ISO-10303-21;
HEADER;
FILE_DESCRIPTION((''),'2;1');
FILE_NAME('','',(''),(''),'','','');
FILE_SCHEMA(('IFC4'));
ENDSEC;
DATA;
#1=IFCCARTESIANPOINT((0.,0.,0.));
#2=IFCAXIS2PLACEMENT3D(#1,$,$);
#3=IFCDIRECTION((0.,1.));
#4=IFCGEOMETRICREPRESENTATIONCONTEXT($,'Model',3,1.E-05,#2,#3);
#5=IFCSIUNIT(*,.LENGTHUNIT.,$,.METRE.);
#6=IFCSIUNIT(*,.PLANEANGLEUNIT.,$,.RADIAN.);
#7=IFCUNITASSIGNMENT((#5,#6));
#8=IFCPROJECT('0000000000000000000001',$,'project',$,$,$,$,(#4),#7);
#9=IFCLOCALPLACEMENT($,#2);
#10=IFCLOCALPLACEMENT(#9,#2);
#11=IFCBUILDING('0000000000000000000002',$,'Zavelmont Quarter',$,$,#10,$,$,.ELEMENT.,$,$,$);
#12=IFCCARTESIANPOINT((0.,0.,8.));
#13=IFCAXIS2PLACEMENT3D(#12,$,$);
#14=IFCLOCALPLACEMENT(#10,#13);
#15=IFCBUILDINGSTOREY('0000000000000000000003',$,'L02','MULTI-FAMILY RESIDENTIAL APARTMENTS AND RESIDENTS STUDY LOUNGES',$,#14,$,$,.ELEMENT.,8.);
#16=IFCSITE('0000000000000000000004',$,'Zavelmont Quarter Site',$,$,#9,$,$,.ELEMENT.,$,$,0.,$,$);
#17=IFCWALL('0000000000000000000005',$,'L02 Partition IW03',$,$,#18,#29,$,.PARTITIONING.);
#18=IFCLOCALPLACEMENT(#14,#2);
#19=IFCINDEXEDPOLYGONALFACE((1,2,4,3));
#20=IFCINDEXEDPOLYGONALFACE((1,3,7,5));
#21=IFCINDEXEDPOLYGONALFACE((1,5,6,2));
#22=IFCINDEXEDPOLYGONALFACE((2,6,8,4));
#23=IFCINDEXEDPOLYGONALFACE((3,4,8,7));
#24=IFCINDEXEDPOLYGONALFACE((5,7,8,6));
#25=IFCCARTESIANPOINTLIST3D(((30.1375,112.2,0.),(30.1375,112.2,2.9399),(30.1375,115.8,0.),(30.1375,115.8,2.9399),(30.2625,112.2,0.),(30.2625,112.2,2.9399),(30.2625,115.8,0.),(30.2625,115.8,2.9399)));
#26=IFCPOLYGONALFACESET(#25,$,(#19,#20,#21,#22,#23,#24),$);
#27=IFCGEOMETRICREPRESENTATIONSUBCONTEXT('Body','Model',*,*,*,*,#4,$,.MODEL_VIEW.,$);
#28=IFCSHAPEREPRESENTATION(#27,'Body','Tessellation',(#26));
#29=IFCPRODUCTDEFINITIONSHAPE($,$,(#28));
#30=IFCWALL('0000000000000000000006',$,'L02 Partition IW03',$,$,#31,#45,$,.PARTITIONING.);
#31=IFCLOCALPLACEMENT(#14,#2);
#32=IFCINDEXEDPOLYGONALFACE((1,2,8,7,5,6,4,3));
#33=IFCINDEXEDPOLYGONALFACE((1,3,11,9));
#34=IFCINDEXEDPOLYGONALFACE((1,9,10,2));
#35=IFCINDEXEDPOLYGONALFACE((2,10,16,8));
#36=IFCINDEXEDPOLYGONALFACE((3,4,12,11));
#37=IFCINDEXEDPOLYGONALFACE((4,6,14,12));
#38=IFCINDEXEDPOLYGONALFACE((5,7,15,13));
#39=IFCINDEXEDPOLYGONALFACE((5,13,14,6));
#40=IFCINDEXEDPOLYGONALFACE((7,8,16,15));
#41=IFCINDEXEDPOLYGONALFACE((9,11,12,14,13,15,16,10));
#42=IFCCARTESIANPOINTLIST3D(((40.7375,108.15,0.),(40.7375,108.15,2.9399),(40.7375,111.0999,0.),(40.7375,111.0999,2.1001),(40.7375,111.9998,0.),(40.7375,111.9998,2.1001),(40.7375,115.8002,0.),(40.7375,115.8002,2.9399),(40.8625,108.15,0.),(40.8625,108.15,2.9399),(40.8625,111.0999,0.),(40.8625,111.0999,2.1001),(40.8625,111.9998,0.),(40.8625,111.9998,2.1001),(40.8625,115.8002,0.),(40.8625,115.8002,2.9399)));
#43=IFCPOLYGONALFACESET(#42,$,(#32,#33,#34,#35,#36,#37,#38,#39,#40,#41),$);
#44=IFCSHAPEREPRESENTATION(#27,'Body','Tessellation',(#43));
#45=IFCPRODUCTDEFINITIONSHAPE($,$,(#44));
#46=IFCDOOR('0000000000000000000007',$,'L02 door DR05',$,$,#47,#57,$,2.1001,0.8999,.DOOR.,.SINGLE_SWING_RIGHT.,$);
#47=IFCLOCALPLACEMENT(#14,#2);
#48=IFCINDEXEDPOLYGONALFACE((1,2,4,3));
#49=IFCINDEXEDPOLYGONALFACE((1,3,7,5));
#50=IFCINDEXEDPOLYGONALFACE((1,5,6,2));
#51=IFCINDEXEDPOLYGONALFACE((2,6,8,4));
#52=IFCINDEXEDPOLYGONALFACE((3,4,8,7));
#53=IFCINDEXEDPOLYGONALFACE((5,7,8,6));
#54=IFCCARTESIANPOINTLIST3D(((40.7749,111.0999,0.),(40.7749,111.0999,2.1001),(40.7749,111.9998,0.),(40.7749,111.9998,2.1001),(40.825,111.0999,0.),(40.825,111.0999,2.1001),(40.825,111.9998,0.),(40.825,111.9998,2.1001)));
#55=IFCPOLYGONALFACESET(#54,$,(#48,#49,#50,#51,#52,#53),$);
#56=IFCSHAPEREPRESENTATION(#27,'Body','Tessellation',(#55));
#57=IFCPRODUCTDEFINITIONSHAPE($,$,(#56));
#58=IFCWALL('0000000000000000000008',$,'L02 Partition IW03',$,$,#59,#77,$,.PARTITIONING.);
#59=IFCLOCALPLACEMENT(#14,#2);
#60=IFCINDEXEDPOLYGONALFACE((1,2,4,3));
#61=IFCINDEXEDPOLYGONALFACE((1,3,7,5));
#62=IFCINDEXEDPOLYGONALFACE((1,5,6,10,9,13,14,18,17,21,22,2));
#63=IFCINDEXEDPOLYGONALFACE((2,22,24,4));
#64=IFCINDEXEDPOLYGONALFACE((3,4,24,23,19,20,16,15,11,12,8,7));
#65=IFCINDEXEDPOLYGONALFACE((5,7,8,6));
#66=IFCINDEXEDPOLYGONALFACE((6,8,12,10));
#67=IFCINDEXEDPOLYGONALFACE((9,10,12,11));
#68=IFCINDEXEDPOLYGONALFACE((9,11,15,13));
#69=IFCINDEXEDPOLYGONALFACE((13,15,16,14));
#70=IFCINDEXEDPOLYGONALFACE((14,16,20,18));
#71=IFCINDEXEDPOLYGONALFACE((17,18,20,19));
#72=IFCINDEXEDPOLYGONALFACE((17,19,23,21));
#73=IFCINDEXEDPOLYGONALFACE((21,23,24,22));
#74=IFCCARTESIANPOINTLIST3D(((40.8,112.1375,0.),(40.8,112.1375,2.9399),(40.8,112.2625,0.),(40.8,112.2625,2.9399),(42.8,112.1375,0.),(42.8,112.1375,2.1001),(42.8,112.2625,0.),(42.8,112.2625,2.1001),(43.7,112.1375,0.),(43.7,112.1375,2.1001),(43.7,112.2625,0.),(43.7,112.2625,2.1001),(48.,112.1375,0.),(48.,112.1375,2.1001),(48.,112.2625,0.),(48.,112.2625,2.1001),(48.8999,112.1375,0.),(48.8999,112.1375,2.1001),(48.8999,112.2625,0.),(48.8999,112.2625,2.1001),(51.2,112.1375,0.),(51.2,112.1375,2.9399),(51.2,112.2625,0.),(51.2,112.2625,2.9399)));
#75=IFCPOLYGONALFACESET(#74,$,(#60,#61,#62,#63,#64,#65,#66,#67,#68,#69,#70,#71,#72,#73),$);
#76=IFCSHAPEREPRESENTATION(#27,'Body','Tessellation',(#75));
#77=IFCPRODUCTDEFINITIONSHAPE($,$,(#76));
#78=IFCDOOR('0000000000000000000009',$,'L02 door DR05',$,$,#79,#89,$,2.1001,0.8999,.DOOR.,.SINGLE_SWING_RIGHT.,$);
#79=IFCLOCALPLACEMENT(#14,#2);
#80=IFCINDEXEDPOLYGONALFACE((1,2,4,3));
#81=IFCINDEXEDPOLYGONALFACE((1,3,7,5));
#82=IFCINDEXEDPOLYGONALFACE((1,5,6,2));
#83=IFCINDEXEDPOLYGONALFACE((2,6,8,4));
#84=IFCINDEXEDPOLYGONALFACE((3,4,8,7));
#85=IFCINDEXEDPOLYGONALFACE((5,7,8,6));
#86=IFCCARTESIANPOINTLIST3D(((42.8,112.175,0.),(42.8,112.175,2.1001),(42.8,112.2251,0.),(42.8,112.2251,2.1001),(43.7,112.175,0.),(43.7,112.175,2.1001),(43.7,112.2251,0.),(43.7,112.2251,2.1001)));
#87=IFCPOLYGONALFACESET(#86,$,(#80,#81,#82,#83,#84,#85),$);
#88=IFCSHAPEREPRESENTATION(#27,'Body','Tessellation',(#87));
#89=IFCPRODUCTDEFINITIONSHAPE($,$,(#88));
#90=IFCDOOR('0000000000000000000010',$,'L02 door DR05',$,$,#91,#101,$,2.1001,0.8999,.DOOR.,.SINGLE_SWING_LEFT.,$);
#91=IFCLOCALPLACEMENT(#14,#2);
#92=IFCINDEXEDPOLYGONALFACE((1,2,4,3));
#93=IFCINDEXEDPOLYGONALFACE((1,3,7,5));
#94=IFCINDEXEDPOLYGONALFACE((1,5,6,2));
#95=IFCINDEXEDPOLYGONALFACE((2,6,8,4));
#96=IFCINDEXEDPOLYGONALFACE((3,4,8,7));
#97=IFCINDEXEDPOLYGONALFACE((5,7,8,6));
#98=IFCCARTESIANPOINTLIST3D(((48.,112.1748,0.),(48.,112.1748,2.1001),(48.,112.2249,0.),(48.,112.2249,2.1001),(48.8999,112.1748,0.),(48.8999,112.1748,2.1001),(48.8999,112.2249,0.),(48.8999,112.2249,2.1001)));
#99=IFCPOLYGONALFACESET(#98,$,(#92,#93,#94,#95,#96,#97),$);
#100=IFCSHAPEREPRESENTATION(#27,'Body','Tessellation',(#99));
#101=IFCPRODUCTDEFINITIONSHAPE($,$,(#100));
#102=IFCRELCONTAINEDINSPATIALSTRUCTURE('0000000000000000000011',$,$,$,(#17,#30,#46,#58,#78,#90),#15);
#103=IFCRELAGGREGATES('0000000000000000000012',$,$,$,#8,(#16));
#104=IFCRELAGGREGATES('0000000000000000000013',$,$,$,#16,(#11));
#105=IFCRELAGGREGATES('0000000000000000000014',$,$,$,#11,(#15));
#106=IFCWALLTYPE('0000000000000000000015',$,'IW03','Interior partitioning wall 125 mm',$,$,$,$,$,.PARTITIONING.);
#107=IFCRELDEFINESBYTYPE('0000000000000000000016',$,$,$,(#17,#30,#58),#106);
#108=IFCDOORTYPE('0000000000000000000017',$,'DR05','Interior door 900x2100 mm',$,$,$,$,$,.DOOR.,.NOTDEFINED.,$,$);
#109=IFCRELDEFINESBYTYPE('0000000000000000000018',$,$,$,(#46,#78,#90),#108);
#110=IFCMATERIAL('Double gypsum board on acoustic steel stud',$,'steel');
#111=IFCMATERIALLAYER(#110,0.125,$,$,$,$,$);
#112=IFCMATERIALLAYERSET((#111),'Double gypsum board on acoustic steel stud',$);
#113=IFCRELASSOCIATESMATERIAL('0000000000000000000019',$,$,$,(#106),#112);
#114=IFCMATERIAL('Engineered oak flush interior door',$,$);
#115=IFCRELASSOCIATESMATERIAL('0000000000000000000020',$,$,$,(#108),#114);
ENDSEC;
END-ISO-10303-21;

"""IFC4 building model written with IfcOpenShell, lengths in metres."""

from ifc_helpers import new_model, si_unit, direction, frame, frame_2d, origin, origin_with_axes, place, context, subcontext, project, spatial, rectangle, extrude, material, layer, layer_set, type_object, element, fill, save


model = new_model("IFC4")

# Units and contexts
model_context = context("Model", 3, precision=1e-05, world=origin(), true_north=direction((0.0, 1.0)))
body_context = subcontext(model_context, "Body", "Model", "MODEL_VIEW")
ifc_project = project(units=[si_unit("LENGTHUNIT", "METRE"), si_unit("PLANEANGLEUNIT", "RADIAN")], contexts=[model_context])

# Site, building, storey
site_placement = place(None, origin())
site = spatial("IfcSite", under=ifc_project, at=site_placement, Name="Zavelmont Quarter Site", CompositionType="ELEMENT", RefElevation=0.0)
building_placement = place(site_placement, origin())
building = spatial("IfcBuilding", under=site, at=building_placement, Name="Zavelmont Quarter", CompositionType="ELEMENT")
storey_placement = place(building_placement, frame((0.0, 0.0, 8.0)))
storey = spatial("IfcBuildingStorey", under=building, at=storey_placement, Name="L02", Description="MULTI-FAMILY RESIDENTIAL APARTMENTS AND RESIDENTS STUDY LOUNGES", CompositionType="ELEMENT", Elevation=8.0)

# Shared definitions
ifc_material_1 = material(Name="Double gypsum board on acoustic steel stud", Category="steel")
ifc_layer_1 = layer(ifc_material_1, 0.125)
ifc_layer_set_1 = layer_set([ifc_layer_1], Name="Double gypsum board on acoustic steel stud")
wall_type_1 = type_object("IfcWallType", Name="IW03", Description="Interior partitioning wall 125 mm", PredefinedType="PARTITIONING", material=ifc_layer_set_1)
ifc_material_2 = material(Name="Engineered oak flush interior door")
door_type_1 = type_object("IfcDoorType", Name="DR05", Description="Interior door 900x2100 mm", OperationType="NOTDEFINED", PredefinedType="DOOR", material=ifc_material_2)

# Wall
wall_1_placement = place(storey_placement, frame((30.2, 112.2, 0.0), z_axis=(0.0, 0.0, 1.0), x_axis=(0.0, 1.0, 0.0)))
element("IfcWall", 1, at=wall_1_placement, inside=storey, type_object=wall_type_1, Name="L02 Partition IW03", PredefinedType="PARTITIONING", context=body_context, shape_type="SweptSolid", body=[
    extrude(rectangle(XDim=3.6001, YDim=0.125, at=frame_2d((1.8, 0.0))), origin(), (0.0, 0.0, 1.0), 2.9399),
])

# Wall, opening, door
wall_2_placement = place(storey_placement, frame((40.8, 108.1499, 0.0), z_axis=(0.0, 0.0, 1.0), x_axis=(0.0, 1.0, 0.0)))
wall_2 = element("IfcWall", 2, at=wall_2_placement, inside=storey, type_object=wall_type_1, Name="L02 Partition IW03", PredefinedType="PARTITIONING", context=body_context, shape_type="SweptSolid", body=[
    extrude(rectangle(XDim=7.6501, YDim=0.125, at=frame_2d((3.8252, 0.0))), origin(), (0.0, 0.0, 1.0), 2.9399),
])
opening_1_placement = place(wall_2_placement, frame((2.95, 0.0, 0.0)))
opening_1 = element("IfcOpeningElement", 3, at=opening_1_placement, cuts=wall_2, PredefinedType="OPENING", context=body_context, shape_type="SweptSolid", body=[
    extrude(rectangle(XDim=0.8999, YDim=2.1001, at=frame_2d((0.45, 1.05))), frame((0.0, 0.0745, 0.0), z_axis=(0.0, -1.0, 0.0), x_axis=(1.0, 0.0, 0.0)), (0.0, 0.0, 1.0), 0.1489),
])
door_1_placement = place(opening_1_placement, frame((0.8999, 0.0, 0.0), z_axis=(0.0, 0.0, 1.0), x_axis=(-1.0, 0.0, 0.0)))
door_1 = element("IfcDoor", 4, at=door_1_placement, inside=storey, type_object=door_type_1, Name="L02 door DR05", OperationType="SINGLE_SWING_RIGHT", OverallHeight=2.1001, OverallWidth=0.8999, PredefinedType="DOOR", context=body_context, shape_type="SweptSolid", body=[
    extrude(rectangle(XDim=0.8999, YDim=2.1001, at=frame_2d((0.45, 1.05))), frame((0.0, 0.0249, 0.0), z_axis=(0.0, -1.0, 0.0), x_axis=(1.0, 0.0, 0.0)), (0.0, 0.0, 1.0), 0.05),
])
fill(opening_1, door_1)

# Wall, openings, doors
wall_3_placement = place(storey_placement, frame((40.8, 112.2, 0.0), z_axis=(0.0, 0.0, 1.0), x_axis=(1.0, 0.0, 0.0)))
wall_3 = element("IfcWall", 5, at=wall_3_placement, inside=storey, type_object=wall_type_1, Name="L02 Partition IW03", PredefinedType="PARTITIONING", context=body_context, shape_type="SweptSolid", body=[
    extrude(rectangle(XDim=10.3999, YDim=0.125, at=frame_2d((5.2, 0.0))), origin(), (0.0, 0.0, 1.0), 2.9399),
])
opening_2_placement = place(wall_3_placement, frame((2.0, 0.0, 0.0)))
opening_2 = element("IfcOpeningElement", 6, at=opening_2_placement, cuts=wall_3, PredefinedType="OPENING", context=body_context, shape_type="SweptSolid", body=[
    extrude(rectangle(XDim=0.8999, YDim=2.1001, at=frame_2d((0.45, 1.05))), frame((0.0, 0.0745, 0.0), z_axis=(0.0, -1.0, 0.0), x_axis=(1.0, 0.0, 0.0)), (0.0, 0.0, 1.0), 0.1489),
])
opening_3_placement = place(wall_3_placement, frame((7.2, 0.0, 0.0)))
opening_3 = element("IfcOpeningElement", 7, at=opening_3_placement, cuts=wall_3, PredefinedType="OPENING", context=body_context, shape_type="SweptSolid", body=[
    extrude(rectangle(XDim=0.8999, YDim=2.1001, at=frame_2d((0.45, 1.05))), frame((0.0, 0.0745, 0.0), z_axis=(0.0, -1.0, 0.0), x_axis=(1.0, 0.0, 0.0)), (0.0, 0.0, 1.0), 0.1489),
])
door_2_placement = place(opening_2_placement, frame((0.8999, 0.0, 0.0), z_axis=(0.0, 0.0, 1.0), x_axis=(-1.0, 0.0, 0.0)))
door_2 = element("IfcDoor", 8, at=door_2_placement, inside=storey, type_object=door_type_1, Name="L02 door DR05", OperationType="SINGLE_SWING_RIGHT", OverallHeight=2.1001, OverallWidth=0.8999, PredefinedType="DOOR", context=body_context, shape_type="SweptSolid", body=[
    extrude(rectangle(XDim=0.8999, YDim=2.1001, at=frame_2d((0.45, 1.05))), frame((0.0, 0.0249, 0.0), z_axis=(0.0, -1.0, 0.0), x_axis=(1.0, 0.0, 0.0)), (0.0, 0.0, 1.0), 0.05),
])
fill(opening_2, door_2)
door_3_placement = place(opening_3_placement, origin_with_axes())
door_3 = element("IfcDoor", 9, at=door_3_placement, inside=storey, type_object=door_type_1, Name="L02 door DR05", OperationType="SINGLE_SWING_LEFT", OverallHeight=2.1001, OverallWidth=0.8999, PredefinedType="DOOR", context=body_context, shape_type="SweptSolid", body=[
    extrude(rectangle(XDim=0.8999, YDim=2.1001, at=frame_2d((0.45, 1.05))), frame((0.0, 0.0249, 0.0), z_axis=(0.0, -1.0, 0.0), x_axis=(1.0, 0.0, 0.0)), (0.0, 0.0, 1.0), 0.05),
])
fill(opening_3, door_3)

save(model, "model.ifc")
